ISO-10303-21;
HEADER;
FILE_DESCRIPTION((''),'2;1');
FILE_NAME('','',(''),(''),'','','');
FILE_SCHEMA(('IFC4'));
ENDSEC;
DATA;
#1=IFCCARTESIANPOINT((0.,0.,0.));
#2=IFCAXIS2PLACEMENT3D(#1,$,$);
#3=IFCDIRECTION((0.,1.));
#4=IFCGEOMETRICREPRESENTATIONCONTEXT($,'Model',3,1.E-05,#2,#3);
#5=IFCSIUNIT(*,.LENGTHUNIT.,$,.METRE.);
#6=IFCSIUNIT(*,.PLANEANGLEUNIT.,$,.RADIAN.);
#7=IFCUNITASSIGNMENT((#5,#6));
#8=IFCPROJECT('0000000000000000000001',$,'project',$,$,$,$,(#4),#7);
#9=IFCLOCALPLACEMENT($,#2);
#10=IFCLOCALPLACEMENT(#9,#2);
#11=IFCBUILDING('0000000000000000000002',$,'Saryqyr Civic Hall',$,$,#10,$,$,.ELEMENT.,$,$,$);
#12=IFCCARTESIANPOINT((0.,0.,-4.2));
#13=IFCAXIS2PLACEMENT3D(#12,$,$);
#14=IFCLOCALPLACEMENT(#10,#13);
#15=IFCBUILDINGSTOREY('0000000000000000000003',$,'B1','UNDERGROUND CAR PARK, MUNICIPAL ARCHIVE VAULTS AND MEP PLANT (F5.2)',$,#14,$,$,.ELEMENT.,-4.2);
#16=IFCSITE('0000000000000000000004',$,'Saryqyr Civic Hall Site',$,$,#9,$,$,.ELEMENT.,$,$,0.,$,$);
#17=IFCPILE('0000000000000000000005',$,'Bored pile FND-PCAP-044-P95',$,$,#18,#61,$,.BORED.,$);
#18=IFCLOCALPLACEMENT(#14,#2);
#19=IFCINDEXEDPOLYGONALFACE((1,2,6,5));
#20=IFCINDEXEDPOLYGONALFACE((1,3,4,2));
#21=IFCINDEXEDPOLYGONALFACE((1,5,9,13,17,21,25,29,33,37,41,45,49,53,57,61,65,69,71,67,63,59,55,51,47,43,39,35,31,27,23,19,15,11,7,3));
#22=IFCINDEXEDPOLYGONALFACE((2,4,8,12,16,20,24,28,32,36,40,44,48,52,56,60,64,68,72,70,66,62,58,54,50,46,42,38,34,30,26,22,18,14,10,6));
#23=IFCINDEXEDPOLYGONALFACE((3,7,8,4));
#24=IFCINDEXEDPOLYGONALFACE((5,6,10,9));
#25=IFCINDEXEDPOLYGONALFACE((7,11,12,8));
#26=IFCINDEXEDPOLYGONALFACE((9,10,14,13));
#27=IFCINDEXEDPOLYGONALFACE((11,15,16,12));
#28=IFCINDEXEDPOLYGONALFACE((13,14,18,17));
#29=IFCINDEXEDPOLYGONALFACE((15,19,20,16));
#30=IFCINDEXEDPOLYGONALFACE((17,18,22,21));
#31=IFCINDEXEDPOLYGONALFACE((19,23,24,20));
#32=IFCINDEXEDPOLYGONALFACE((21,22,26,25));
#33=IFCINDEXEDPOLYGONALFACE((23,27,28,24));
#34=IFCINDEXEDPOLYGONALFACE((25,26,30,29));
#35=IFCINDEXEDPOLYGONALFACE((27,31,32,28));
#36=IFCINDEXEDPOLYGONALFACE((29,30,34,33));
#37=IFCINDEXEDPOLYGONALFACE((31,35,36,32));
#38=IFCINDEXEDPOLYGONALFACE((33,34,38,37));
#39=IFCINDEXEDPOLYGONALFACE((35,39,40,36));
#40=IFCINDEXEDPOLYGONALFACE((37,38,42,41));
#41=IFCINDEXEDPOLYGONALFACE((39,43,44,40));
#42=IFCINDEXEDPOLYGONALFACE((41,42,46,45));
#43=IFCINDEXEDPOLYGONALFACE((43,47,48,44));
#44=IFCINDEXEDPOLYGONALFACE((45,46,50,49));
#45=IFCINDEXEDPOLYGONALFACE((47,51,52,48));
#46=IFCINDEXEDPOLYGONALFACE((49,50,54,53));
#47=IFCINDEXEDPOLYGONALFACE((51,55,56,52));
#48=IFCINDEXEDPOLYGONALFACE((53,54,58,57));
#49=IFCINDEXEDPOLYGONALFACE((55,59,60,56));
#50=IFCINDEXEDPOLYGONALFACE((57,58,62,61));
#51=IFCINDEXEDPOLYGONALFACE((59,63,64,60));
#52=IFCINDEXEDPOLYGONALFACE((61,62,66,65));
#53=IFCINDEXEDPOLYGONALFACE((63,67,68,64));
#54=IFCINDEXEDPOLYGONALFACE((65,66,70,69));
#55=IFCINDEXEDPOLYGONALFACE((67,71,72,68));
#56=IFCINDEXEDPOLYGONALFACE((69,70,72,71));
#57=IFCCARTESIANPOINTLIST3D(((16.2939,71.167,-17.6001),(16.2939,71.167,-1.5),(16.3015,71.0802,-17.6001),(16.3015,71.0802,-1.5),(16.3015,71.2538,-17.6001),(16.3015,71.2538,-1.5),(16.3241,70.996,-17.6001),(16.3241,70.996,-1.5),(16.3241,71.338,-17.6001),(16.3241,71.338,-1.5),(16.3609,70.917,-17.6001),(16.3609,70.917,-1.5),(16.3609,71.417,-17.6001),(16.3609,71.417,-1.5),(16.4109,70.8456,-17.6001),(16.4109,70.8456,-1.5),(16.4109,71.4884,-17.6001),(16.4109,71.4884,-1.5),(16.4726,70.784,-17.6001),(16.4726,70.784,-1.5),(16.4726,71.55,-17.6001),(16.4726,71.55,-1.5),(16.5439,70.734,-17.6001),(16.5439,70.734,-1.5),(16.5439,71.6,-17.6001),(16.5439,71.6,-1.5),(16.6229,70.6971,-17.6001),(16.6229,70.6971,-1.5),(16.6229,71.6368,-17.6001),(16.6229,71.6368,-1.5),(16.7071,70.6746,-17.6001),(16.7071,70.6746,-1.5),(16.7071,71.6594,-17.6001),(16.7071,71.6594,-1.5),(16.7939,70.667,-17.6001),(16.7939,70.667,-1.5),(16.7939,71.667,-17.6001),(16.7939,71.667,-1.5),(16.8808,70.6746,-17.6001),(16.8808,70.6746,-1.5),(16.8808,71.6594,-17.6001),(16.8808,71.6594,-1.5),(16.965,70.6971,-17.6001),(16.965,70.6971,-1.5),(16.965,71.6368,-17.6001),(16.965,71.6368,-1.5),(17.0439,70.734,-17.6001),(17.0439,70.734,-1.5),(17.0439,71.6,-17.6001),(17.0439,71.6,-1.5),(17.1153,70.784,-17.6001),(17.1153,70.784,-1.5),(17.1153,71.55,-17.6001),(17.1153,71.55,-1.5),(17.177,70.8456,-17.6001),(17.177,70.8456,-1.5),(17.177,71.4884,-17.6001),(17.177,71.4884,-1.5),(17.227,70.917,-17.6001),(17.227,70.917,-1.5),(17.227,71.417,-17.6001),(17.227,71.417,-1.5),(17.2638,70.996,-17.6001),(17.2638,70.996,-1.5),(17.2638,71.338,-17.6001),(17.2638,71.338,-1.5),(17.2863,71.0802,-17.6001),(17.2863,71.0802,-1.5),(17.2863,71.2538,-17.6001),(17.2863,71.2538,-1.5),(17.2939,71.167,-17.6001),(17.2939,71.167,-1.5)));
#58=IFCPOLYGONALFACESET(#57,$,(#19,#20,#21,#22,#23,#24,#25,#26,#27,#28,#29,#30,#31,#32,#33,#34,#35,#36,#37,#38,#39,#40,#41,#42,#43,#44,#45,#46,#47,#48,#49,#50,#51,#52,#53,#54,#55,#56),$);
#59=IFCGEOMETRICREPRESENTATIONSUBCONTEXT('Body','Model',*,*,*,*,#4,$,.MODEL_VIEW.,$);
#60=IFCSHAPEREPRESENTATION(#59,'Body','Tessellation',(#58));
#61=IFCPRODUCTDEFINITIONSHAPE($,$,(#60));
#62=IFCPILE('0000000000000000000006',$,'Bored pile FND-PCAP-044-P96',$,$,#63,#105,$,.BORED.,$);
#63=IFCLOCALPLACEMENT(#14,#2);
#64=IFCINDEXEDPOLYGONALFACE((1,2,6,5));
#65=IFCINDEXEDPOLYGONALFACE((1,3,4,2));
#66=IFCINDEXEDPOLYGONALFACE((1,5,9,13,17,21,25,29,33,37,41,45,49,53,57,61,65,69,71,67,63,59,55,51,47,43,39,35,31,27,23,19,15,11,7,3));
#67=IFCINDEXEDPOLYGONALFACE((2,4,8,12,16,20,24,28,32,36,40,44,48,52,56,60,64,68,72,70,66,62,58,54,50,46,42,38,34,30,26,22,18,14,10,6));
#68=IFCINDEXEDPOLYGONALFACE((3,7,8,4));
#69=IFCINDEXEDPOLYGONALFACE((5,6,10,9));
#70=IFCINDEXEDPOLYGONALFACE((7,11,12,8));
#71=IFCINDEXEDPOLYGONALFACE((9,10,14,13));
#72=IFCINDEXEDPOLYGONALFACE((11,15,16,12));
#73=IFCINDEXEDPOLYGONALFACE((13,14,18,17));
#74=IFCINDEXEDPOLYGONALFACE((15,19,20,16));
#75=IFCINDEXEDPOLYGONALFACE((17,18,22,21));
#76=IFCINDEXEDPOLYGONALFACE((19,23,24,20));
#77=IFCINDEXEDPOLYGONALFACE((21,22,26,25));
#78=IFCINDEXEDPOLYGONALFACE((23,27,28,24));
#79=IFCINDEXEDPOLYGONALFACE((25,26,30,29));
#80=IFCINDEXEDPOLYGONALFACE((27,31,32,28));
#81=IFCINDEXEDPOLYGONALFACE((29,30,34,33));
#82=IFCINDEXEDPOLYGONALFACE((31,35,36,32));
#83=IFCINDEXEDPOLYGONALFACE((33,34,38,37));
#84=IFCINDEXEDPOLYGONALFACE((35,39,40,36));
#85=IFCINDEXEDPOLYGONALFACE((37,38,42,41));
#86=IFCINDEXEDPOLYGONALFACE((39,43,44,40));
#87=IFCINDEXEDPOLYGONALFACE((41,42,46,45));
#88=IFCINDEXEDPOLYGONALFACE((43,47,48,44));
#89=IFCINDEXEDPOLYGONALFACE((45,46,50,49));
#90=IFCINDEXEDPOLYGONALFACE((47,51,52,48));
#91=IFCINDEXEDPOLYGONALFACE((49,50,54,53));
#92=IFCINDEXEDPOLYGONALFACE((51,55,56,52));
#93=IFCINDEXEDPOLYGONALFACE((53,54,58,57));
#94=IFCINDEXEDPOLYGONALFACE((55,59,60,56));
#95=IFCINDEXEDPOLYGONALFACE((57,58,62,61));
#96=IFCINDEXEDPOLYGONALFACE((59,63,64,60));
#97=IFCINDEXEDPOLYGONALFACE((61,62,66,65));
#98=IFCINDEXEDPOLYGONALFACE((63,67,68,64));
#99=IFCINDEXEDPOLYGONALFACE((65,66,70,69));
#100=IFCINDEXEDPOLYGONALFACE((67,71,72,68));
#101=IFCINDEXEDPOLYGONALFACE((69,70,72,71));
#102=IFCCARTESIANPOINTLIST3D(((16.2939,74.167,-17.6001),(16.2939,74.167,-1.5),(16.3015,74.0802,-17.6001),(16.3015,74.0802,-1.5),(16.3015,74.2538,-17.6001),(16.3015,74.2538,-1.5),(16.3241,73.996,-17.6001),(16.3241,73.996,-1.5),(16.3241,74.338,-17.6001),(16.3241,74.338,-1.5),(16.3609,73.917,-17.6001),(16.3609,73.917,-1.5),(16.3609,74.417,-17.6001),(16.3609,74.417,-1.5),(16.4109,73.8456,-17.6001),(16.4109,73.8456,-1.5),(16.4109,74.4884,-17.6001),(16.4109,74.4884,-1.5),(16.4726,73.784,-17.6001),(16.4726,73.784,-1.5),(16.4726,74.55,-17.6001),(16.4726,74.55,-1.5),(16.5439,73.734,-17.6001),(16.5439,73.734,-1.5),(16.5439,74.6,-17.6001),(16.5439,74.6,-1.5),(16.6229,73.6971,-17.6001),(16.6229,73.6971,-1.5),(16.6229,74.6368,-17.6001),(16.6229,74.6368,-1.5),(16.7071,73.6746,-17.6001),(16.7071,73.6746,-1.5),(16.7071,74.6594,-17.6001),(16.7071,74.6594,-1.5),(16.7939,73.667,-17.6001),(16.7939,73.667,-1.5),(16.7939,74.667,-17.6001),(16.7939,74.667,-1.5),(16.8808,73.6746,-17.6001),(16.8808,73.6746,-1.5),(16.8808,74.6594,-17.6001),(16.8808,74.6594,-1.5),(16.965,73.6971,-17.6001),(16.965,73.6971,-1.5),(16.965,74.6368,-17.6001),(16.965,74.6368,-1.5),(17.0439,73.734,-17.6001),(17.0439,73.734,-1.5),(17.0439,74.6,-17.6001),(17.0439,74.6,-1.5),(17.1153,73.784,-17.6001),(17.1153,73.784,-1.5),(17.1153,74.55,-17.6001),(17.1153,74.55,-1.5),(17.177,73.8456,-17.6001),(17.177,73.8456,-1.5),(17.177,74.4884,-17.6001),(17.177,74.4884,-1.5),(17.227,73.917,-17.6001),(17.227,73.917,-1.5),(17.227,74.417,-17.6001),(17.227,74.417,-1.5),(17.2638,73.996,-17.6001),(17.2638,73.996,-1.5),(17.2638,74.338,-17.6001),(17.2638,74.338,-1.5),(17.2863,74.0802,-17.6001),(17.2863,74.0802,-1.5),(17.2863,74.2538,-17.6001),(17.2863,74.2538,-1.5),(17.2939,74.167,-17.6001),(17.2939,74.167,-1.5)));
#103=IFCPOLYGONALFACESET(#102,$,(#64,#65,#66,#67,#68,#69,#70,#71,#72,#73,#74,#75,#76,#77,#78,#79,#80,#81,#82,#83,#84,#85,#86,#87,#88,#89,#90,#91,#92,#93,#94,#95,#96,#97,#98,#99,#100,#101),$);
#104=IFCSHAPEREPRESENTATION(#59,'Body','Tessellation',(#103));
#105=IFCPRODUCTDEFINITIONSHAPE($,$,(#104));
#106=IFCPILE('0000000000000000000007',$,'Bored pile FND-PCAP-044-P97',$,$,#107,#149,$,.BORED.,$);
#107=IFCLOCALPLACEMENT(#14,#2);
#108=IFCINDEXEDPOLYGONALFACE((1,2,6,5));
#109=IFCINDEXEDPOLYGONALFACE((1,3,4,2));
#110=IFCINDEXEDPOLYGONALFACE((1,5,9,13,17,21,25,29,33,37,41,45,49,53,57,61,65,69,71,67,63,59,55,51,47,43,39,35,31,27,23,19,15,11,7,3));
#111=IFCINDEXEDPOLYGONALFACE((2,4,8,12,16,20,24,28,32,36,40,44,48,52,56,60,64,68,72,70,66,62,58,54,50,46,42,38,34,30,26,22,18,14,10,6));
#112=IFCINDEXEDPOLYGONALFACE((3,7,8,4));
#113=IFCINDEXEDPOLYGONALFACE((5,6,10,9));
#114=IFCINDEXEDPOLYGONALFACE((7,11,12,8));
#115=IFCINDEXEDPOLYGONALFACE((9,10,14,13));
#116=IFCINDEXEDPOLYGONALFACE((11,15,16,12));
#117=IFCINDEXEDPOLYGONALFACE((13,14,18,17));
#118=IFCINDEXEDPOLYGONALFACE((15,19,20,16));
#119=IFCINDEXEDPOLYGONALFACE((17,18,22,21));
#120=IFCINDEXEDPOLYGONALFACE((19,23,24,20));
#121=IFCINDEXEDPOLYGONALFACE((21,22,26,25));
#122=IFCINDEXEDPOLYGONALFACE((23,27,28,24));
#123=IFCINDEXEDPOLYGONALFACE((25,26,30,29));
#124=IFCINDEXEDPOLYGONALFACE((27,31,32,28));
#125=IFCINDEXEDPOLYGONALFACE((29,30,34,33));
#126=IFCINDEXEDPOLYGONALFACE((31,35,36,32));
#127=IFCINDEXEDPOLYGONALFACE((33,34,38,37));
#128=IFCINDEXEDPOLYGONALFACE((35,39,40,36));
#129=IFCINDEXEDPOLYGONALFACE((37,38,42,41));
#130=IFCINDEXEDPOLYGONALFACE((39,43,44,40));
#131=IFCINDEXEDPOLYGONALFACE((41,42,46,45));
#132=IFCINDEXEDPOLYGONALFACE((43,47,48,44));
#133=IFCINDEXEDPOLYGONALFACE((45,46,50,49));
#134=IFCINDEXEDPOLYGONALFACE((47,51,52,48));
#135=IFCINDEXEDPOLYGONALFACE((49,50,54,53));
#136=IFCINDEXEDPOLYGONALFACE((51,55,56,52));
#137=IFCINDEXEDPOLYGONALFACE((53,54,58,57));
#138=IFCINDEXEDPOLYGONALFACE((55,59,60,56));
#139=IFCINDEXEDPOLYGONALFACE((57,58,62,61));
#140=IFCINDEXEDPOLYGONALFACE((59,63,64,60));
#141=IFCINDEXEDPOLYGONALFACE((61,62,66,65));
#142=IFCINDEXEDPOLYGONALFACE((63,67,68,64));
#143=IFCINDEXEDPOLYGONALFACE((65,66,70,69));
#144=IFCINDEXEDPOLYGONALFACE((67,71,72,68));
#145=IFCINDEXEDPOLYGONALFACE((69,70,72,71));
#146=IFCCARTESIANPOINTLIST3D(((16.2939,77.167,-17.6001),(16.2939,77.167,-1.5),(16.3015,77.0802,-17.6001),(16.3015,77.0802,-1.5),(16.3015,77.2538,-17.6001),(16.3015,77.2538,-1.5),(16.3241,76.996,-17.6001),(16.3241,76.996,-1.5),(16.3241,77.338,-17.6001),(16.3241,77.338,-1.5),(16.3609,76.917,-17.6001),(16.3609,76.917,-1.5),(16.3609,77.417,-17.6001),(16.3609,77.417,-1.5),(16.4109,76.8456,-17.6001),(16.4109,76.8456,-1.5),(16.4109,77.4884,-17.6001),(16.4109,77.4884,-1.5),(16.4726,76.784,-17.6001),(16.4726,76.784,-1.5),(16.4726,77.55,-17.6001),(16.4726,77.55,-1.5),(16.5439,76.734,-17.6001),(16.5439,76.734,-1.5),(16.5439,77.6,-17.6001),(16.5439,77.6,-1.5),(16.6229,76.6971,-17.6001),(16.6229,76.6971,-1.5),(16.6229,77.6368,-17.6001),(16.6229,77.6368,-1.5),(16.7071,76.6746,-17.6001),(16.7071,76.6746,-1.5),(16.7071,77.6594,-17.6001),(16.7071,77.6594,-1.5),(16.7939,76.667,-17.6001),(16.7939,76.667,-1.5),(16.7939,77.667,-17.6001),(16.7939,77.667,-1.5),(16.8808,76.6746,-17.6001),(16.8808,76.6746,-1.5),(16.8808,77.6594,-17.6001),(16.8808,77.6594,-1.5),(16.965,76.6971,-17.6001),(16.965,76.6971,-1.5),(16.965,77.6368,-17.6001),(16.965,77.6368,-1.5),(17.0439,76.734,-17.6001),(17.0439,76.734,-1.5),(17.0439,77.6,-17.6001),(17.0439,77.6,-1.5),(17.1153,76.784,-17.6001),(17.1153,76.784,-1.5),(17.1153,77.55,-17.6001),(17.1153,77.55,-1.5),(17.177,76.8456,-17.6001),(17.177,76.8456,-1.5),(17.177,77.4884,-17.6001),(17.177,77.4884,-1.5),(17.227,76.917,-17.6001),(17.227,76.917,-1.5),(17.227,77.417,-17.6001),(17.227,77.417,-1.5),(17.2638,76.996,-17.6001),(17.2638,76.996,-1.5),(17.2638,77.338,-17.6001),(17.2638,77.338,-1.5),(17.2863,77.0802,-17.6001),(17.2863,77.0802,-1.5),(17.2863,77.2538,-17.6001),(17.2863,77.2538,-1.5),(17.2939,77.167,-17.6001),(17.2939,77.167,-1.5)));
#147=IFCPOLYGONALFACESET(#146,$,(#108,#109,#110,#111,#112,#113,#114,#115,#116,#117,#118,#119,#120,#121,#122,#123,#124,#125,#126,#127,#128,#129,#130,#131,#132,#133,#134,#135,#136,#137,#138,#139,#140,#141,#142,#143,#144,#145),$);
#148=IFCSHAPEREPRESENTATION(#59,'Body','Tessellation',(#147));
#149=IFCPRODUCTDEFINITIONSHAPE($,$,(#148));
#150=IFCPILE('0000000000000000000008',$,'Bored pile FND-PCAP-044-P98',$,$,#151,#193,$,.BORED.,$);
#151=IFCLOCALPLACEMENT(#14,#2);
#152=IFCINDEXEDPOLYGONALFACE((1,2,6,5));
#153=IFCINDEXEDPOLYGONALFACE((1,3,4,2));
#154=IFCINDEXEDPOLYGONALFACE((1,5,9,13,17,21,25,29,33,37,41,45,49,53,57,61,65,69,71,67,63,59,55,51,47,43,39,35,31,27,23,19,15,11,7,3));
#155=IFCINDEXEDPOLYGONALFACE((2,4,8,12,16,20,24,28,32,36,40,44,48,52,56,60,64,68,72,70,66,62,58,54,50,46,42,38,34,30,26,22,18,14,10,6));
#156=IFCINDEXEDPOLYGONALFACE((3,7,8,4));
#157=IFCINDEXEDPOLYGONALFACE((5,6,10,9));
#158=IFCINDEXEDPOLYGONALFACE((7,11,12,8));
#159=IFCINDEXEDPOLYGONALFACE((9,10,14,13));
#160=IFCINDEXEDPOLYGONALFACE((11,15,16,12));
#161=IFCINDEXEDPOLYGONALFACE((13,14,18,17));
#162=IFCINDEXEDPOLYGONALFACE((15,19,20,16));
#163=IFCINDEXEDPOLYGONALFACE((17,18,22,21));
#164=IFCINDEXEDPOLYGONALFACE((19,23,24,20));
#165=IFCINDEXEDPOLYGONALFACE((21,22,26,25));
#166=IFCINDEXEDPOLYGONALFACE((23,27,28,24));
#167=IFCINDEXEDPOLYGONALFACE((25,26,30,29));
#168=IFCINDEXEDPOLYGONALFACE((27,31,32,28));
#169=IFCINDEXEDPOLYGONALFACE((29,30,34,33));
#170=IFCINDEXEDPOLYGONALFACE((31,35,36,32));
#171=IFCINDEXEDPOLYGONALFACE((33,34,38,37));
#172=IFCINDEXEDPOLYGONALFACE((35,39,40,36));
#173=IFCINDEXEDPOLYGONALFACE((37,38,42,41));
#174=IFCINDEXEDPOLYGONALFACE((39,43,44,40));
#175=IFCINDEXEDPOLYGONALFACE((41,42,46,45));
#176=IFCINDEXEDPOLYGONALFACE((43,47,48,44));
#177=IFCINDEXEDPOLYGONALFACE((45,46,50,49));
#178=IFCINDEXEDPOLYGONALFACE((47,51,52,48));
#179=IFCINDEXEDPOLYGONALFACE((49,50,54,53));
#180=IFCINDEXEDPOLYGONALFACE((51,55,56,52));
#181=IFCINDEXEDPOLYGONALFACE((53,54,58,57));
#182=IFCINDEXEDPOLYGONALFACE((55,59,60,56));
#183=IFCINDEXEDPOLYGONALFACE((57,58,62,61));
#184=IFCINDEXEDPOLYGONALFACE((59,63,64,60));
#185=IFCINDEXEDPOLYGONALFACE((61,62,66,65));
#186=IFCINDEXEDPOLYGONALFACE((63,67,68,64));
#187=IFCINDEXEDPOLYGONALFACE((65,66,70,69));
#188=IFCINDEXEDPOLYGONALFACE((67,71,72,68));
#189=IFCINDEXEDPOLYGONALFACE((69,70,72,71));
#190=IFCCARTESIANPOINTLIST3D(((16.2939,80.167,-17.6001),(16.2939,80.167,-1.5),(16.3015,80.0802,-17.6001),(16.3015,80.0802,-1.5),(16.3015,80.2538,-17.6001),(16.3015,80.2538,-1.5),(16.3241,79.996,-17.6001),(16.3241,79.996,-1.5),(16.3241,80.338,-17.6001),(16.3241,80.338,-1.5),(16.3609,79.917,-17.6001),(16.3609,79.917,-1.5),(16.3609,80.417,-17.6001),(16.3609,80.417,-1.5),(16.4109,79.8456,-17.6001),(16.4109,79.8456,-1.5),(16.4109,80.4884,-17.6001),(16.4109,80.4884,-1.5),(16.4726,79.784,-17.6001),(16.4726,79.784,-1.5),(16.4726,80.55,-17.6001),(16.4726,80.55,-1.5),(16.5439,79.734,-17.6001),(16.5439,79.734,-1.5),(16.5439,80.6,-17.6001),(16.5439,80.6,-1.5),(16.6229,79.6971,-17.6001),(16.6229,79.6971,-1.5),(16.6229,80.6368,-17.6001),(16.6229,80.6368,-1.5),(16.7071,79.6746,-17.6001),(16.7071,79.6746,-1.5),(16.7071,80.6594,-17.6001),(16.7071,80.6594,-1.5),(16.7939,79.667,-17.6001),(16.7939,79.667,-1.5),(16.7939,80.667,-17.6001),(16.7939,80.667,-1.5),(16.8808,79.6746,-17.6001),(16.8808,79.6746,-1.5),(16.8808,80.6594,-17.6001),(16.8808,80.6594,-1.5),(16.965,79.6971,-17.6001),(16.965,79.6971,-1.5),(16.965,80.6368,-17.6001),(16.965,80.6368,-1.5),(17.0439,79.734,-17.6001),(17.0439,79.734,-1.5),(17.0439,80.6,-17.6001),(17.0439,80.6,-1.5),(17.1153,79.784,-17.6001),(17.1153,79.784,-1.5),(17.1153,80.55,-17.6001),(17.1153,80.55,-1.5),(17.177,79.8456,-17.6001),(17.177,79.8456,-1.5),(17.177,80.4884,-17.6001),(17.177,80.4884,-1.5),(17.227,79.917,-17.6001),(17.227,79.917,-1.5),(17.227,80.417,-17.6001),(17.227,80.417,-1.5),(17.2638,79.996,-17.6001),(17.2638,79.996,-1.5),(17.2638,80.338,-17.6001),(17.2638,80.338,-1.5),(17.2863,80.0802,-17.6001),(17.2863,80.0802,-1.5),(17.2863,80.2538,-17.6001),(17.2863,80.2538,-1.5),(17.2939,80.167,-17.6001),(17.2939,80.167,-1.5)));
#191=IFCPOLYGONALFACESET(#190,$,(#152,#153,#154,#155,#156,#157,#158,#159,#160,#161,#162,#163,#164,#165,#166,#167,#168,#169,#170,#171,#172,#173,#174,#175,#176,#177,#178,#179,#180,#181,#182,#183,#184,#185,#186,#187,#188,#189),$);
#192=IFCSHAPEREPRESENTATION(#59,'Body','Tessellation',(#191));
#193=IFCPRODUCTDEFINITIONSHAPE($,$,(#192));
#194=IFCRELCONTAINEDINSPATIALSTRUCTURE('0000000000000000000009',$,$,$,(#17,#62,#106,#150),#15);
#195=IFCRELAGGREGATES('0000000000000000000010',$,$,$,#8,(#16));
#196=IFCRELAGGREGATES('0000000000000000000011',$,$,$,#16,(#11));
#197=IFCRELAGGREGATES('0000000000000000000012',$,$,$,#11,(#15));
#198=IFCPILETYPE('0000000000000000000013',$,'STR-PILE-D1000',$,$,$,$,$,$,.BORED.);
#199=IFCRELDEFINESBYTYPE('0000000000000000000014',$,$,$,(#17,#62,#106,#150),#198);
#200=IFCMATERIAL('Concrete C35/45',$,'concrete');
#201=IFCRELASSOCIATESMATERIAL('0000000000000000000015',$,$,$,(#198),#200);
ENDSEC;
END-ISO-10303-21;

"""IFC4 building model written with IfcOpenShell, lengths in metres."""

from ifc_helpers import new_model, si_unit, direction, frame, origin, origin_2d, place, context, subcontext, project, spatial, circle, extrude, material, material_profile, profile_set, type_object, element, save


model = new_model("IFC4")

# Units and contexts
model_context = context("Model", 3, precision=1e-05, world=origin(), true_north=direction((0.0, 1.0)))
body_context = subcontext(model_context, "Body", "Model", "MODEL_VIEW")
ifc_project = project(units=[si_unit("LENGTHUNIT", "METRE"), si_unit("PLANEANGLEUNIT", "RADIAN")], contexts=[model_context])

# Site, building, storey
site_placement = place(None, origin())
site = spatial("IfcSite", under=ifc_project, at=site_placement, Name="Saryqyr Civic Hall Site", CompositionType="ELEMENT", RefElevation=0.0)
building_placement = place(site_placement, origin())
building = spatial("IfcBuilding", under=site, at=building_placement, Name="Saryqyr Civic Hall", CompositionType="ELEMENT")
storey_placement = place(building_placement, frame((0.0, 0.0, -4.2)))
storey = spatial("IfcBuildingStorey", under=building, at=storey_placement, Name="B1", Description="UNDERGROUND CAR PARK, MUNICIPAL ARCHIVE VAULTS AND MEP PLANT (F5.2)", CompositionType="ELEMENT", Elevation=-4.2)

# Piles
ifc_material_1 = material(Name="Concrete C35/45", Category="concrete")
ifc_material_profile_1 = material_profile(ifc_material_1, circle(Radius=0.5, at=origin_2d()), Name="BORED PILE D1000")
ifc_profile_set_1 = profile_set([ifc_material_profile_1], Name="Concrete C35/45")
pile_type = type_object("IfcPileType", Name="STR-PILE-D1000", PredefinedType="BORED", material=ifc_profile_set_1)
for number, where, z_axis, x_axis, name in (
    (1, (16.7939, 71.167, -1.5), (0.0, 0.0, -1.0), (1.0, 0.0, 0.0), "Bored pile FND-PCAP-044-P95"),
    (2, (16.7939, 74.167, -1.5), (0.0, 0.0, -1.0), (1.0, 0.0, 0.0), "Bored pile FND-PCAP-044-P96"),
    (3, (16.7939, 77.167, -1.5), (0.0, 0.0, -1.0), (1.0, 0.0, 0.0), "Bored pile FND-PCAP-044-P97"),
    (4, (16.7939, 80.167, -1.5), (0.0, 0.0, -1.0), (1.0, 0.0, 0.0), "Bored pile FND-PCAP-044-P98"),
):
    element("IfcPile", number, at=place(storey_placement, frame(where, z_axis=z_axis, x_axis=x_axis)), inside=storey, type_object=pile_type, Name=name, PredefinedType="BORED", context=body_context, shape_type="SweptSolid", body=[
        extrude(circle(Radius=0.5, at=origin_2d()), origin(), (0.0, 0.0, 1.0), 16.1001),
    ])

save(model, "model.ifc")
